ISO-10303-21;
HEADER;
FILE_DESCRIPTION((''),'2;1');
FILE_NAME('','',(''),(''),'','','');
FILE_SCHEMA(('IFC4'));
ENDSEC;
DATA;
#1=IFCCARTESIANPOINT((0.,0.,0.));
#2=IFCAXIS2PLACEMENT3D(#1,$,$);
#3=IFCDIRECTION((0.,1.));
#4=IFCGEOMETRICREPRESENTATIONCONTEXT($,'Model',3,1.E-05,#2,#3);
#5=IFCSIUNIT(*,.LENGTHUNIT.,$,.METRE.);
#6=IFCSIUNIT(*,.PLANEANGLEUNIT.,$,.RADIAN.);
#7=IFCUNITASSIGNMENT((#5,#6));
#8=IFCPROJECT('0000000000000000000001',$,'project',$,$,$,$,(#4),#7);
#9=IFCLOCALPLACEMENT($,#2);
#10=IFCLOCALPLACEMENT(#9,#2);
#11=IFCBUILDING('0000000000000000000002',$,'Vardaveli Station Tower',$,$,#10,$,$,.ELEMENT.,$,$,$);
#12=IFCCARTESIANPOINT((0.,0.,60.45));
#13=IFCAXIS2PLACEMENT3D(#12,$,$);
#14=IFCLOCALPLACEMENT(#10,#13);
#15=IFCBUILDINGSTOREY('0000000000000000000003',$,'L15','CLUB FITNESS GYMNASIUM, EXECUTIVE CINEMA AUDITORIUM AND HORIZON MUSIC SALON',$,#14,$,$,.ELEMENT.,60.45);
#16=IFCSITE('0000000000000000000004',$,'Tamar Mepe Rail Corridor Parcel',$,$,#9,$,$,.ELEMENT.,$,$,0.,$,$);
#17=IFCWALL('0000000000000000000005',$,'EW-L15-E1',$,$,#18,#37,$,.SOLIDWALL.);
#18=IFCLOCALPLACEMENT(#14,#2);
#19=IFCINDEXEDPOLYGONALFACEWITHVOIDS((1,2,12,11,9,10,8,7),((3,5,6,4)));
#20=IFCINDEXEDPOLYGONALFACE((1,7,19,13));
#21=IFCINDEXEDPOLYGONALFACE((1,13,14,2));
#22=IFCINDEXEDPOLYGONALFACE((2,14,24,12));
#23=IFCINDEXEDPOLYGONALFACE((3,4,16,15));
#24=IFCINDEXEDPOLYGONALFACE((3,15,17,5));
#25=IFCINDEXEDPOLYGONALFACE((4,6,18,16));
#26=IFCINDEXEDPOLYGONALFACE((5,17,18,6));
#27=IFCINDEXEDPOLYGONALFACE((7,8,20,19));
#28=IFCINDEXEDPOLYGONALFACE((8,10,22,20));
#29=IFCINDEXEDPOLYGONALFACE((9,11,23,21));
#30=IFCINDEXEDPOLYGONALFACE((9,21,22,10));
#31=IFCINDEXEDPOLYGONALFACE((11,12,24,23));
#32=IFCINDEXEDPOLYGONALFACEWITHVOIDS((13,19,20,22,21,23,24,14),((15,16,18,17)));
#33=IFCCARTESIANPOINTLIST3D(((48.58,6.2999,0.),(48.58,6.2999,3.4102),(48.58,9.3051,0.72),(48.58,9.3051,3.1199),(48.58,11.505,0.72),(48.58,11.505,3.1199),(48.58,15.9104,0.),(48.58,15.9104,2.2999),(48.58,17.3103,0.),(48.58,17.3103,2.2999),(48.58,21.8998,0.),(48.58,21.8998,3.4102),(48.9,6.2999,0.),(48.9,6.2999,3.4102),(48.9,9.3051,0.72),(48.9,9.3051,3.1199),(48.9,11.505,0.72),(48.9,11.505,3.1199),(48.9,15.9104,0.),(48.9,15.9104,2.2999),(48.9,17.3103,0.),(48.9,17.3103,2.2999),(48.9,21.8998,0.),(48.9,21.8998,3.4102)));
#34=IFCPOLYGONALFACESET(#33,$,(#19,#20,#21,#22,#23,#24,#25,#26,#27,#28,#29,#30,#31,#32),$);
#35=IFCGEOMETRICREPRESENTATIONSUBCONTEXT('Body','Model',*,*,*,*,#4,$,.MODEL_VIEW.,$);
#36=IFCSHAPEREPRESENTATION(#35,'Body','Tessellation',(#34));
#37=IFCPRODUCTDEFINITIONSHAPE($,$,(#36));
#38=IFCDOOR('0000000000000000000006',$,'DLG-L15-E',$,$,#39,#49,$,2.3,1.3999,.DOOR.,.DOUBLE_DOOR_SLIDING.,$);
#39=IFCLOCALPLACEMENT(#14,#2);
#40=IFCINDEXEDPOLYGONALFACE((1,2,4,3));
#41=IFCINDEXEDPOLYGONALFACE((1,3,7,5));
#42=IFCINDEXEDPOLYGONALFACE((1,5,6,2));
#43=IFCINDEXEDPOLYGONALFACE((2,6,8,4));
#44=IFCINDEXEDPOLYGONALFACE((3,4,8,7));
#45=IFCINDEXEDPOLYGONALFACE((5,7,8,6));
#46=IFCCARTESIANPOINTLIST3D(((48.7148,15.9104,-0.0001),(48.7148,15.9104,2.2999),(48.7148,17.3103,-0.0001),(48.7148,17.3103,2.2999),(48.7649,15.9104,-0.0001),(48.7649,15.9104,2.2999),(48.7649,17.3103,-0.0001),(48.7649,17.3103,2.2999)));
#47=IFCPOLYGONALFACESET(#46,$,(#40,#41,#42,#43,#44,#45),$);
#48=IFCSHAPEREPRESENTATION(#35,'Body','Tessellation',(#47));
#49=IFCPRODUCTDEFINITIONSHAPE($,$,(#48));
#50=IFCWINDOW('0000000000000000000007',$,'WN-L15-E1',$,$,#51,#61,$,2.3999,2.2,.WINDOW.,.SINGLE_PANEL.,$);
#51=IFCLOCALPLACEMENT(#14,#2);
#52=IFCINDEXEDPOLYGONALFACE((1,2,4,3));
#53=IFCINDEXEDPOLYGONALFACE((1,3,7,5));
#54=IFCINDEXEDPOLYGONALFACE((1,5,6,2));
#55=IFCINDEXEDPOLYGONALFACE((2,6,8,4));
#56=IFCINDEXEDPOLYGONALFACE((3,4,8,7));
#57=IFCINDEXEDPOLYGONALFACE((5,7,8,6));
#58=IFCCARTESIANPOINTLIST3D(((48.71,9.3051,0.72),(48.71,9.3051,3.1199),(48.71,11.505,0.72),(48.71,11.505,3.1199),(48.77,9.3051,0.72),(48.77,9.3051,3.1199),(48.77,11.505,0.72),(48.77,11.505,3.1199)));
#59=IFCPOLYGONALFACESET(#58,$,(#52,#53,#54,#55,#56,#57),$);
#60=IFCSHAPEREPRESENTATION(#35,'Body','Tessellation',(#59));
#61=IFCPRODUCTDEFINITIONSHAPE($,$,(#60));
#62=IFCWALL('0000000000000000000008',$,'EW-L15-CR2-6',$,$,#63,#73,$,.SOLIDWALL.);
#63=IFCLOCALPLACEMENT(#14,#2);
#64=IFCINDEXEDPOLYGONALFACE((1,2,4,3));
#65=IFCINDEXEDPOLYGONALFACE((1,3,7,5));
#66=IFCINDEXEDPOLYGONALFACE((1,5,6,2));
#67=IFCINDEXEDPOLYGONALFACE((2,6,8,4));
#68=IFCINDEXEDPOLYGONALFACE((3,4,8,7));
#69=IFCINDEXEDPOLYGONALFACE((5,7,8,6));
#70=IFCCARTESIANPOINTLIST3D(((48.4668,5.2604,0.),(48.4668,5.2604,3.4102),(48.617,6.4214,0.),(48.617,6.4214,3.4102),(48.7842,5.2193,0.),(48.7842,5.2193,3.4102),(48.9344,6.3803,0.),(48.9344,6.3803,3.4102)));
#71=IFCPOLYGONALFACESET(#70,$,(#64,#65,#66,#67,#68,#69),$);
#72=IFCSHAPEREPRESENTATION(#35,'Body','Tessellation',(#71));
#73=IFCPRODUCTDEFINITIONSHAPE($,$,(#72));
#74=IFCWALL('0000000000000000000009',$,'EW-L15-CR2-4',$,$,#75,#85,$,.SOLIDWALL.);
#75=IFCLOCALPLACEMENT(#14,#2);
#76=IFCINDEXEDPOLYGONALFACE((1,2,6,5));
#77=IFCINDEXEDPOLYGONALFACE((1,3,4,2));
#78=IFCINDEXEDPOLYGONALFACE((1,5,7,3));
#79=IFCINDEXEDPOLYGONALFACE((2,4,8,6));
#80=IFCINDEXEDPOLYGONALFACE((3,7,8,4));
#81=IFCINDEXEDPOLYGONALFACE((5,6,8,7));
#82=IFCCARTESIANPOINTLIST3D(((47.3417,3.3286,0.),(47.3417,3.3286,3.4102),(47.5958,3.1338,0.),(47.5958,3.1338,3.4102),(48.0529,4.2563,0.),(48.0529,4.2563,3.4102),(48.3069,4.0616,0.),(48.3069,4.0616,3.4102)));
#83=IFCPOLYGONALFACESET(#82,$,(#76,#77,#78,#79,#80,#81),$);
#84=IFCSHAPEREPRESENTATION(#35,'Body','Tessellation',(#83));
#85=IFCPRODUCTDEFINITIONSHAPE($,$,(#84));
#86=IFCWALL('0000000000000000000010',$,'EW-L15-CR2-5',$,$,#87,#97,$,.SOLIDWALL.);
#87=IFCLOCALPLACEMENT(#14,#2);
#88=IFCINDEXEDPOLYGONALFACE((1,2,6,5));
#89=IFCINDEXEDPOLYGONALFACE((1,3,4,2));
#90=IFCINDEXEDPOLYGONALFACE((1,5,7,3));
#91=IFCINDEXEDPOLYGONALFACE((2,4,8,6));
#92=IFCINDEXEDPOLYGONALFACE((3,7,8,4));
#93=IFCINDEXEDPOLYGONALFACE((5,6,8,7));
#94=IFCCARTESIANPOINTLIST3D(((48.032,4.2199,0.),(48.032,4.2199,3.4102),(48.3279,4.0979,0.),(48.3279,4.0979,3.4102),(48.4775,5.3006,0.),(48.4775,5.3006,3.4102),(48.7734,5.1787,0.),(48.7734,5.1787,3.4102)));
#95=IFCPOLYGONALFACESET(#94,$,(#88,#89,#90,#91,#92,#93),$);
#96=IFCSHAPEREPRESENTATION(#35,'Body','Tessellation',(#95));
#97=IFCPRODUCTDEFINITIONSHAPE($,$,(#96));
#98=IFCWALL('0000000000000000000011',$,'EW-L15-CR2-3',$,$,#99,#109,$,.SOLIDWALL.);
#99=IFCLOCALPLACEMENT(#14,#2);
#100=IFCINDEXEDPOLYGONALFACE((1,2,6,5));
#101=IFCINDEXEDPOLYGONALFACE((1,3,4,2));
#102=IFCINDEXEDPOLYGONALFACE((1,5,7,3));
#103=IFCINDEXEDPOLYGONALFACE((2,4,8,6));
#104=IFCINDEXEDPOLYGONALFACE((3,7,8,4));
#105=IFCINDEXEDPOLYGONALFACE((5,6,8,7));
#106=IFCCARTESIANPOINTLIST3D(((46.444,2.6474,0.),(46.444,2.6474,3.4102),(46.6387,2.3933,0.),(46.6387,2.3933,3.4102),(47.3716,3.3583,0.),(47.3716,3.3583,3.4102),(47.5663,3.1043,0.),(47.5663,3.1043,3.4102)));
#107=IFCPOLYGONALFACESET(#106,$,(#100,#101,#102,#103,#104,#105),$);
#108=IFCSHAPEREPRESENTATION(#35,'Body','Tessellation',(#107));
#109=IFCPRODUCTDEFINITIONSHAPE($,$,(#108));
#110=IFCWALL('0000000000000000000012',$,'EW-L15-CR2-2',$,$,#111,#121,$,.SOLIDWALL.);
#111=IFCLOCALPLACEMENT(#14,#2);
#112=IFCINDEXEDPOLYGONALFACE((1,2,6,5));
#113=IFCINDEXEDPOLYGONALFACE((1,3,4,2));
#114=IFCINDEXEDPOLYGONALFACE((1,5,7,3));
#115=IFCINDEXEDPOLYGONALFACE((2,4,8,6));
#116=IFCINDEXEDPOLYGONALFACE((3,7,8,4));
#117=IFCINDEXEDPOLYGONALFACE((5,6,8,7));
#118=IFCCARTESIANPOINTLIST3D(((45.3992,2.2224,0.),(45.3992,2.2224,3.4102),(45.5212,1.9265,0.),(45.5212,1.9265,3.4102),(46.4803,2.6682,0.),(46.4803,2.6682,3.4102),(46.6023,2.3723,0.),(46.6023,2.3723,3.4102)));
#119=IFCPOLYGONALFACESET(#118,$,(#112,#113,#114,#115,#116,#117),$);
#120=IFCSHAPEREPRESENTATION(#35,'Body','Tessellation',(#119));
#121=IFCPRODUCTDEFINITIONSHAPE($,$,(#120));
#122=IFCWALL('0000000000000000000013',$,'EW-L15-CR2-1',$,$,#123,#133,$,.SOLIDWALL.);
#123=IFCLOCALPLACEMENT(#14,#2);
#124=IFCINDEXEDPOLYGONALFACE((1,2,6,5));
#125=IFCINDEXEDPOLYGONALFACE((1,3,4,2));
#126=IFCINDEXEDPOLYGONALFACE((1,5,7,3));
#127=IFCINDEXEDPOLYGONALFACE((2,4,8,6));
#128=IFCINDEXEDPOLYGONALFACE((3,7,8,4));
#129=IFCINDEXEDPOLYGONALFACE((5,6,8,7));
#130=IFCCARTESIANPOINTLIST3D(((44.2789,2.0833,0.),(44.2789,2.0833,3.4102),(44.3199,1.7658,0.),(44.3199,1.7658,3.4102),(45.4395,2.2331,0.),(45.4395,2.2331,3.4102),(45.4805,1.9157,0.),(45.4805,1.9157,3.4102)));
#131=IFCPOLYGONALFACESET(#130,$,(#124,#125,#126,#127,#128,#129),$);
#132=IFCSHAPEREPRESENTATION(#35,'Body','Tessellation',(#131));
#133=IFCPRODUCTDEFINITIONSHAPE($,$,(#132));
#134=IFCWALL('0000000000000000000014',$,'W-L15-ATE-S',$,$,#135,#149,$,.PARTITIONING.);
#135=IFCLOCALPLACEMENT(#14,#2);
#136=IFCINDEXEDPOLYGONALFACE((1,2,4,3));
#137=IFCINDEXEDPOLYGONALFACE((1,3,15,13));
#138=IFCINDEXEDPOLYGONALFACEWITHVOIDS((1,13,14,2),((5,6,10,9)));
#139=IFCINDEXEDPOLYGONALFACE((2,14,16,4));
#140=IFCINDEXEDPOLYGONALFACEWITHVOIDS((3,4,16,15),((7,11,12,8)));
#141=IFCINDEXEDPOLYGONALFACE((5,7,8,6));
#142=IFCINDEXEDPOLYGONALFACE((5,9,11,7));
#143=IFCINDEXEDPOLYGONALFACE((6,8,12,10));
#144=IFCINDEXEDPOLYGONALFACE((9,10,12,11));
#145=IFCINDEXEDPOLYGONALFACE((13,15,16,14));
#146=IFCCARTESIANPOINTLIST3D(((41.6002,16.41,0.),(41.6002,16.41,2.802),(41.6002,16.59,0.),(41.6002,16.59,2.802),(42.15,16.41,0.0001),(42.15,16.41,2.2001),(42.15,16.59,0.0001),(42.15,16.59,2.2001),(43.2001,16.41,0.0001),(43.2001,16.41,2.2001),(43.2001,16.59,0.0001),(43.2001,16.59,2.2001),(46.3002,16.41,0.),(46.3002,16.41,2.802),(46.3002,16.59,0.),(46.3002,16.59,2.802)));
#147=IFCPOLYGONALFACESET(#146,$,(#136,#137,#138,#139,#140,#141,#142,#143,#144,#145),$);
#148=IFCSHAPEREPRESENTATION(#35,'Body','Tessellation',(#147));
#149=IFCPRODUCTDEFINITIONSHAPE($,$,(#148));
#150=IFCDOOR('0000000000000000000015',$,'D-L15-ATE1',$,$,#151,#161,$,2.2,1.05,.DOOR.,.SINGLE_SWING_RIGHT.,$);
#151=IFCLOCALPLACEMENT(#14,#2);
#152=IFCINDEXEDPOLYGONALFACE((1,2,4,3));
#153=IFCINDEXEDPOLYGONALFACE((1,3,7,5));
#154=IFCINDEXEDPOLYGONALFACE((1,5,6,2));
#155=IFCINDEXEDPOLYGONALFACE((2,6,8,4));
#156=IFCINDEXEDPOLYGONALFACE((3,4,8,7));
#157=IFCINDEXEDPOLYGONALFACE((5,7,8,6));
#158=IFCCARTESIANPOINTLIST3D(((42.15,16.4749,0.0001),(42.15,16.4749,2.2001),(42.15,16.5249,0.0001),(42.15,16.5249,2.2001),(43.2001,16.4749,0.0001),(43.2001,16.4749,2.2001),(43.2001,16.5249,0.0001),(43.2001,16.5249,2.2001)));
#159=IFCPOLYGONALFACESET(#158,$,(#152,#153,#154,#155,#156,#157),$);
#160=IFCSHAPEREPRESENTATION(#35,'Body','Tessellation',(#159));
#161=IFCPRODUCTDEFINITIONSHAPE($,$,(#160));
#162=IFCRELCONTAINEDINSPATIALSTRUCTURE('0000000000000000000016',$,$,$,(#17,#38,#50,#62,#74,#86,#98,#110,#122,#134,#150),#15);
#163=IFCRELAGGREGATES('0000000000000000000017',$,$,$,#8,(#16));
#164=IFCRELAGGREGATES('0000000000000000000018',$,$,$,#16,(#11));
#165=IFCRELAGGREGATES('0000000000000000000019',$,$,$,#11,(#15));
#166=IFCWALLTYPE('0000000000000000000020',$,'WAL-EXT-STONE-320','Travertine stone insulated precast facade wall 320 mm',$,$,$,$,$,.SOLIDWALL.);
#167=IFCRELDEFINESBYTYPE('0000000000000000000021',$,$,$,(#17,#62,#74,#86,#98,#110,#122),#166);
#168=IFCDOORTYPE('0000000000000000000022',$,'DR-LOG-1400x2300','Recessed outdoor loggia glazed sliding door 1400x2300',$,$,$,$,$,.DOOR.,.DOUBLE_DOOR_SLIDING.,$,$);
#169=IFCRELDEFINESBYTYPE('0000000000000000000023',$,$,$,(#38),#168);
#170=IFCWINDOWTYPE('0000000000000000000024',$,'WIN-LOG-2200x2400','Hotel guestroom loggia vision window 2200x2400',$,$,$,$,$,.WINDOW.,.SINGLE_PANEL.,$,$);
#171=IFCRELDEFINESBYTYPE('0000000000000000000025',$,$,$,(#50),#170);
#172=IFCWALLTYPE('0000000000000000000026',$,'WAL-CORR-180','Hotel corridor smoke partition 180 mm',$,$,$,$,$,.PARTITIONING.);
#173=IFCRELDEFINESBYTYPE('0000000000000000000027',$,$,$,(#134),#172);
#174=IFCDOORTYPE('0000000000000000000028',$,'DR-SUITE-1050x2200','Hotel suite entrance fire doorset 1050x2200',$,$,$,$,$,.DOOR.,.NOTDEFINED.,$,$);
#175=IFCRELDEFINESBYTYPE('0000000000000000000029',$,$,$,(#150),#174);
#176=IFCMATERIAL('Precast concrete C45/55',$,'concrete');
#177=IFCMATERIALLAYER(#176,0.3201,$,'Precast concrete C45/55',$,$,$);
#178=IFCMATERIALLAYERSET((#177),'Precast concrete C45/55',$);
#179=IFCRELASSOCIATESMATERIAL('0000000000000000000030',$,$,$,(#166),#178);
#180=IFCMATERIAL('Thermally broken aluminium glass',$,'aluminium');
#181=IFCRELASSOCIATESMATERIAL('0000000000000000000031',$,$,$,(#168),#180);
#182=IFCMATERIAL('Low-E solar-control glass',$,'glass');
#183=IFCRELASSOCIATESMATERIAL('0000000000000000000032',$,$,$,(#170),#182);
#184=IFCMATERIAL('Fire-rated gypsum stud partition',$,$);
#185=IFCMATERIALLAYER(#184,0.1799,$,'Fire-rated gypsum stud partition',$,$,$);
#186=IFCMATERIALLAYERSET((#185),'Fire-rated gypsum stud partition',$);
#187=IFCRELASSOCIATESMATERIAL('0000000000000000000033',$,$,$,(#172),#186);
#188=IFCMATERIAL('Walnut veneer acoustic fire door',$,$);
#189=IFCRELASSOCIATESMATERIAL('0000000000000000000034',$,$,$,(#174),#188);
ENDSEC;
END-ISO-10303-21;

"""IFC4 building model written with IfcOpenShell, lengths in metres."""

from ifc_helpers import new_model, si_unit, direction, frame, frame_2d, origin, place, context, subcontext, project, spatial, rectangle, extrude, source, transform, mapped, material, layer, layer_set, type_object, element, fill, save


model = new_model("IFC4")

# Units and contexts
model_context = context("Model", 3, precision=1e-05, world=origin(), true_north=direction((0.0, 1.0)))
body_context = subcontext(model_context, "Body", "Model", "MODEL_VIEW")
ifc_project = project(units=[si_unit("LENGTHUNIT", "METRE"), si_unit("PLANEANGLEUNIT", "RADIAN")], contexts=[model_context])

# Site, building, storey
site_placement = place(None, origin())
site = spatial("IfcSite", under=ifc_project, at=site_placement, Name="Tamar Mepe Rail Corridor Parcel", CompositionType="ELEMENT", RefElevation=0.0)
building_placement = place(site_placement, origin())
building = spatial("IfcBuilding", under=site, at=building_placement, Name="Vardaveli Station Tower", CompositionType="ELEMENT")
storey_placement = place(building_placement, frame((0.0, 0.0, 60.45)))
storey = spatial("IfcBuildingStorey", under=building, at=storey_placement, Name="L15", Description="CLUB FITNESS GYMNASIUM, EXECUTIVE CINEMA AUDITORIUM AND HORIZON MUSIC SALON", CompositionType="ELEMENT", Elevation=60.45)

# Shared definitions
ifc_material_1 = material(Name="Precast concrete C45/55", Category="concrete")

# Wall, openings, door, window
ifc_layer_1 = layer(ifc_material_1, 0.3201, Name="Precast concrete C45/55")
ifc_layer_set_1 = layer_set([ifc_layer_1], Name="Precast concrete C45/55")
wall_type_1 = type_object("IfcWallType", Name="WAL-EXT-STONE-320", Description="Travertine stone insulated precast facade wall 320 mm", PredefinedType="SOLIDWALL", material=ifc_layer_set_1)
shared_shape_1 = source(origin(), body_context, "Body", "SweptSolid", [
    extrude(rectangle(XDim=15.5999, YDim=0.3201, at=frame_2d((7.7998, 0.0))), origin(), (0.0, 0.0, 1.0), 3.4102),
])
wall_1_placement = place(storey_placement, frame((48.74, 6.3, 0.0), z_axis=(0.0, 0.0, 1.0), x_axis=(0.0, 1.0, 0.0)))
wall_1 = element("IfcWall", 1, at=wall_1_placement, inside=storey, type_object=wall_type_1, Name="EW-L15-E1", PredefinedType="SOLIDWALL", context=body_context, shape_type="MappedRepresentation", body=[
    mapped(shared_shape_1, transform((0.0, 0.0, 0.0), scale=1.0)),
])
shared_shape_2 = source(origin(), body_context, "Body", "SweptSolid", [
    extrude(rectangle(XDim=1.3999, YDim=2.3, at=frame_2d((0.7, 1.1499))), frame((0.0, 0.1699, 0.0), z_axis=(0.0, -1.0, 0.0), x_axis=(1.0, 0.0, 0.0)), (0.0, 0.0, 1.0), 0.3401),
])
opening_1_placement = place(wall_1_placement, frame((9.6104, 0.0, 0.0)))
opening_1 = element("IfcOpeningElement", 2, at=opening_1_placement, cuts=wall_1, PredefinedType="OPENING", context=body_context, shape_type="MappedRepresentation", body=[
    mapped(shared_shape_2, transform((0.0, 0.0, 0.0), scale=1.0)),
])
shared_shape_3 = source(origin(), body_context, "Body", "SweptSolid", [
    extrude(rectangle(XDim=2.2, YDim=2.3999, at=frame_2d((1.1001, 1.2))), frame((0.0, 0.1699, 0.0), z_axis=(0.0, -1.0, 0.0), x_axis=(1.0, 0.0, 0.0)), (0.0, 0.0, 1.0), 0.3401),
])
opening_2_placement = place(wall_1_placement, frame((3.0049, 0.0, 0.72)))
opening_2 = element("IfcOpeningElement", 3, at=opening_2_placement, cuts=wall_1, PredefinedType="OPENING", context=body_context, shape_type="MappedRepresentation", body=[
    mapped(shared_shape_3, transform((0.0, 0.0, 0.0), scale=1.0)),
])
ifc_material_2 = material(Name="Thermally broken aluminium glass", Category="aluminium")
door_type_1 = type_object("IfcDoorType", Name="DR-LOG-1400x2300", Description="Recessed outdoor loggia glazed sliding door 1400x2300", OperationType="DOUBLE_DOOR_SLIDING", PredefinedType="DOOR", material=ifc_material_2)
shared_shape_4 = source(origin(), body_context, "Body", "SweptSolid", [
    extrude(rectangle(XDim=1.3999, YDim=2.3, at=frame_2d((0.7, 1.1499))), frame((0.0, 0.0249, 0.0), z_axis=(0.0, -1.0, 0.0), x_axis=(1.0, 0.0, 0.0)), (0.0, 0.0, 1.0), 0.05),
])
door_1_placement = place(opening_1_placement, frame((1.3999, 0.0, 0.0), z_axis=(0.0, 0.0, 1.0), x_axis=(-1.0, 0.0, 0.0)))
door_1 = element("IfcDoor", 4, at=door_1_placement, inside=storey, type_object=door_type_1, Name="DLG-L15-E", OperationType="DOUBLE_DOOR_SLIDING", OverallHeight=2.3, OverallWidth=1.3999, PredefinedType="DOOR", context=body_context, shape_type="MappedRepresentation", body=[
    mapped(shared_shape_4, transform((0.0, 0.0, 0.0), scale=1.0)),
])
fill(opening_1, door_1)
ifc_material_3 = material(Name="Low-E solar-control glass", Category="glass")
window_type = type_object("IfcWindowType", Name="WIN-LOG-2200x2400", Description="Hotel guestroom loggia vision window 2200x2400", PartitioningType="SINGLE_PANEL", PredefinedType="WINDOW", material=ifc_material_3)
shared_shape_5 = source(origin(), body_context, "Body", "SweptSolid", [
    extrude(rectangle(XDim=2.2, YDim=2.3999, at=frame_2d((1.1001, 1.2))), frame((0.0, 0.03, 0.0), z_axis=(0.0, -1.0, 0.0), x_axis=(1.0, 0.0, 0.0)), (0.0, 0.0, 1.0), 0.0601),
])
window_placement = place(opening_2_placement, origin())
window = element("IfcWindow", 5, at=window_placement, inside=storey, type_object=window_type, Name="WN-L15-E1", OverallHeight=2.3999, OverallWidth=2.2, PartitioningType="SINGLE_PANEL", PredefinedType="WINDOW", context=body_context, shape_type="MappedRepresentation", body=[
    mapped(shared_shape_5, transform((0.0, 0.0, 0.0), scale=1.0)),
])
fill(opening_2, window)

# Walls
shared_shape_6 = source(origin(), body_context, "Body", "SweptSolid", [
    extrude(rectangle(XDim=1.1707, YDim=0.3201, at=frame_2d((0.5854, 0.0))), origin(), (0.0, 0.0, 1.0), 3.4102),
])
wall_2_placement = place(storey_placement, frame((48.6255, 5.2397, 0.0), z_axis=(0.0, 0.0, 1.0), x_axis=(0.128269, 0.991739, 0.0)))
element("IfcWall", 6, at=wall_2_placement, inside=storey, type_object=wall_type_1, Name="EW-L15-CR2-6", PredefinedType="SOLIDWALL", context=body_context, shape_type="MappedRepresentation", body=[
    mapped(shared_shape_6, transform((0.0, 0.0, 0.0), scale=1.0)),
])
shared_shape_7 = source(origin(), body_context, "Body", "SweptSolid", [
    extrude(rectangle(XDim=1.1689, YDim=0.3201, at=frame_2d((0.5845, 0.0))), origin(), (0.0, 0.0, 1.0), 3.4102),
])
for number, where, z_axis, x_axis, name in (
    (7, (47.4688, 3.2312, 0.0), (0.0, 0.0, 1.0), (0.608388, 0.79364, 0.0), "EW-L15-CR2-4"),
    (8, (48.1799, 4.1589, 0.0), (0.0, 0.0, 1.0), (0.381128, 0.924522, 0.0), "EW-L15-CR2-5"),
):
    element("IfcWall", number, at=place(storey_placement, frame(where, z_axis=z_axis, x_axis=x_axis)), inside=storey, type_object=wall_type_1, Name=name, PredefinedType="SOLIDWALL", context=body_context, shape_type="MappedRepresentation", body=[
        mapped(shared_shape_7, transform((0.0, 0.0, 0.0), scale=1.0)),
    ])
shared_shape_8 = source(origin(), body_context, "Body", "SweptSolid", [
    extrude(rectangle(XDim=1.1687, YDim=0.3201, at=frame_2d((0.5845, 0.0))), origin(), (0.0, 0.0, 1.0), 3.4102),
])
wall_3_placement = place(storey_placement, frame((46.5413, 2.5203, 0.0), z_axis=(0.0, 0.0, 1.0), x_axis=(0.793664, 0.608357, 0.0)))
element("IfcWall", 9, at=wall_3_placement, inside=storey, type_object=wall_type_1, Name="EW-L15-CR2-3", PredefinedType="SOLIDWALL", context=body_context, shape_type="MappedRepresentation", body=[
    mapped(shared_shape_8, transform((0.0, 0.0, 0.0), scale=1.0)),
])
shared_shape_9 = source(origin(), body_context, "Body", "SweptSolid", [
    extrude(rectangle(XDim=1.1694, YDim=0.3201, at=frame_2d((0.5847, 0.0))), origin(), (0.0, 0.0, 1.0), 3.4102),
])
wall_4_placement = place(storey_placement, frame((45.4602, 2.0745, 0.0), z_axis=(0.0, 0.0, 1.0), x_axis=(0.924479, 0.381233, 0.0)))
element("IfcWall", 10, at=wall_4_placement, inside=storey, type_object=wall_type_1, Name="EW-L15-CR2-2", PredefinedType="SOLIDWALL", context=body_context, shape_type="MappedRepresentation", body=[
    mapped(shared_shape_9, transform((0.0, 0.0, 0.0), scale=1.0)),
])
shared_shape_10 = source(origin(), body_context, "Body", "SweptSolid", [
    extrude(rectangle(XDim=1.1702, YDim=0.3201, at=frame_2d((0.585, 0.0))), origin(), (0.0, 0.0, 1.0), 3.4102),
])
wall_5_placement = place(storey_placement, frame((44.2996, 1.9246, 0.0), z_axis=(0.0, 0.0, 1.0), x_axis=(0.991762, 0.12809, 0.0)))
element("IfcWall", 11, at=wall_5_placement, inside=storey, type_object=wall_type_1, Name="EW-L15-CR2-1", PredefinedType="SOLIDWALL", context=body_context, shape_type="MappedRepresentation", body=[
    mapped(shared_shape_10, transform((0.0, 0.0, 0.0), scale=1.0)),
])

# Wall, opening, door
ifc_material_4 = material(Name="Fire-rated gypsum stud partition")
ifc_layer_2 = layer(ifc_material_4, 0.1799, Name="Fire-rated gypsum stud partition")
ifc_layer_set_2 = layer_set([ifc_layer_2], Name="Fire-rated gypsum stud partition")
wall_type_2 = type_object("IfcWallType", Name="WAL-CORR-180", Description="Hotel corridor smoke partition 180 mm", PredefinedType="PARTITIONING", material=ifc_layer_set_2)
shared_shape_11 = source(origin(), body_context, "Body", "SweptSolid", [
    extrude(rectangle(XDim=4.7, YDim=0.1799, at=frame_2d((2.3501, 0.0))), origin(), (0.0, 0.0, 1.0), 2.802),
])
wall_6_placement = place(storey_placement, frame((41.6001, 16.5, 0.0), z_axis=(0.0, 0.0, 1.0), x_axis=(1.0, 0.0, 0.0)))
wall_6 = element("IfcWall", 12, at=wall_6_placement, inside=storey, type_object=wall_type_2, Name="W-L15-ATE-S", PredefinedType="PARTITIONING", context=body_context, shape_type="MappedRepresentation", body=[
    mapped(shared_shape_11, transform((0.0, 0.0, 0.0), scale=1.0)),
])
shared_shape_12 = source(origin(), body_context, "Body", "SweptSolid", [
    extrude(rectangle(XDim=1.05, YDim=2.2, at=frame_2d((0.5249, 1.1001))), frame((0.0, 0.1001, 0.0), z_axis=(0.0, -1.0, 0.0), x_axis=(1.0, 0.0, 0.0)), (0.0, 0.0, 1.0), 0.2),
])
opening_3_placement = place(wall_6_placement, frame((0.55, 0.0, 0.0)))
opening_3 = element("IfcOpeningElement", 13, at=opening_3_placement, cuts=wall_6, PredefinedType="OPENING", context=body_context, shape_type="MappedRepresentation", body=[
    mapped(shared_shape_12, transform((0.0, 0.0, 0.0), scale=1.0)),
])
ifc_material_5 = material(Name="Walnut veneer acoustic fire door")
door_type_2 = type_object("IfcDoorType", Name="DR-SUITE-1050x2200", Description="Hotel suite entrance fire doorset 1050x2200", OperationType="NOTDEFINED", PredefinedType="DOOR", material=ifc_material_5)
shared_shape_13 = source(origin(), body_context, "Body", "SweptSolid", [
    extrude(rectangle(XDim=1.05, YDim=2.2, at=frame_2d((0.5249, 1.1001))), frame((0.0, 0.0249, 0.0), z_axis=(0.0, -1.0, 0.0), x_axis=(1.0, 0.0, 0.0)), (0.0, 0.0, 1.0), 0.05),
])
door_2_placement = place(opening_3_placement, origin())
door_2 = element("IfcDoor", 14, at=door_2_placement, inside=storey, type_object=door_type_2, Name="D-L15-ATE1", OperationType="SINGLE_SWING_RIGHT", OverallHeight=2.2, OverallWidth=1.05, PredefinedType="DOOR", context=body_context, shape_type="MappedRepresentation", body=[
    mapped(shared_shape_13, transform((0.0, 0.0, 0.0), scale=1.0)),
])
fill(opening_3, door_2)

save(model, "model.ifc")
